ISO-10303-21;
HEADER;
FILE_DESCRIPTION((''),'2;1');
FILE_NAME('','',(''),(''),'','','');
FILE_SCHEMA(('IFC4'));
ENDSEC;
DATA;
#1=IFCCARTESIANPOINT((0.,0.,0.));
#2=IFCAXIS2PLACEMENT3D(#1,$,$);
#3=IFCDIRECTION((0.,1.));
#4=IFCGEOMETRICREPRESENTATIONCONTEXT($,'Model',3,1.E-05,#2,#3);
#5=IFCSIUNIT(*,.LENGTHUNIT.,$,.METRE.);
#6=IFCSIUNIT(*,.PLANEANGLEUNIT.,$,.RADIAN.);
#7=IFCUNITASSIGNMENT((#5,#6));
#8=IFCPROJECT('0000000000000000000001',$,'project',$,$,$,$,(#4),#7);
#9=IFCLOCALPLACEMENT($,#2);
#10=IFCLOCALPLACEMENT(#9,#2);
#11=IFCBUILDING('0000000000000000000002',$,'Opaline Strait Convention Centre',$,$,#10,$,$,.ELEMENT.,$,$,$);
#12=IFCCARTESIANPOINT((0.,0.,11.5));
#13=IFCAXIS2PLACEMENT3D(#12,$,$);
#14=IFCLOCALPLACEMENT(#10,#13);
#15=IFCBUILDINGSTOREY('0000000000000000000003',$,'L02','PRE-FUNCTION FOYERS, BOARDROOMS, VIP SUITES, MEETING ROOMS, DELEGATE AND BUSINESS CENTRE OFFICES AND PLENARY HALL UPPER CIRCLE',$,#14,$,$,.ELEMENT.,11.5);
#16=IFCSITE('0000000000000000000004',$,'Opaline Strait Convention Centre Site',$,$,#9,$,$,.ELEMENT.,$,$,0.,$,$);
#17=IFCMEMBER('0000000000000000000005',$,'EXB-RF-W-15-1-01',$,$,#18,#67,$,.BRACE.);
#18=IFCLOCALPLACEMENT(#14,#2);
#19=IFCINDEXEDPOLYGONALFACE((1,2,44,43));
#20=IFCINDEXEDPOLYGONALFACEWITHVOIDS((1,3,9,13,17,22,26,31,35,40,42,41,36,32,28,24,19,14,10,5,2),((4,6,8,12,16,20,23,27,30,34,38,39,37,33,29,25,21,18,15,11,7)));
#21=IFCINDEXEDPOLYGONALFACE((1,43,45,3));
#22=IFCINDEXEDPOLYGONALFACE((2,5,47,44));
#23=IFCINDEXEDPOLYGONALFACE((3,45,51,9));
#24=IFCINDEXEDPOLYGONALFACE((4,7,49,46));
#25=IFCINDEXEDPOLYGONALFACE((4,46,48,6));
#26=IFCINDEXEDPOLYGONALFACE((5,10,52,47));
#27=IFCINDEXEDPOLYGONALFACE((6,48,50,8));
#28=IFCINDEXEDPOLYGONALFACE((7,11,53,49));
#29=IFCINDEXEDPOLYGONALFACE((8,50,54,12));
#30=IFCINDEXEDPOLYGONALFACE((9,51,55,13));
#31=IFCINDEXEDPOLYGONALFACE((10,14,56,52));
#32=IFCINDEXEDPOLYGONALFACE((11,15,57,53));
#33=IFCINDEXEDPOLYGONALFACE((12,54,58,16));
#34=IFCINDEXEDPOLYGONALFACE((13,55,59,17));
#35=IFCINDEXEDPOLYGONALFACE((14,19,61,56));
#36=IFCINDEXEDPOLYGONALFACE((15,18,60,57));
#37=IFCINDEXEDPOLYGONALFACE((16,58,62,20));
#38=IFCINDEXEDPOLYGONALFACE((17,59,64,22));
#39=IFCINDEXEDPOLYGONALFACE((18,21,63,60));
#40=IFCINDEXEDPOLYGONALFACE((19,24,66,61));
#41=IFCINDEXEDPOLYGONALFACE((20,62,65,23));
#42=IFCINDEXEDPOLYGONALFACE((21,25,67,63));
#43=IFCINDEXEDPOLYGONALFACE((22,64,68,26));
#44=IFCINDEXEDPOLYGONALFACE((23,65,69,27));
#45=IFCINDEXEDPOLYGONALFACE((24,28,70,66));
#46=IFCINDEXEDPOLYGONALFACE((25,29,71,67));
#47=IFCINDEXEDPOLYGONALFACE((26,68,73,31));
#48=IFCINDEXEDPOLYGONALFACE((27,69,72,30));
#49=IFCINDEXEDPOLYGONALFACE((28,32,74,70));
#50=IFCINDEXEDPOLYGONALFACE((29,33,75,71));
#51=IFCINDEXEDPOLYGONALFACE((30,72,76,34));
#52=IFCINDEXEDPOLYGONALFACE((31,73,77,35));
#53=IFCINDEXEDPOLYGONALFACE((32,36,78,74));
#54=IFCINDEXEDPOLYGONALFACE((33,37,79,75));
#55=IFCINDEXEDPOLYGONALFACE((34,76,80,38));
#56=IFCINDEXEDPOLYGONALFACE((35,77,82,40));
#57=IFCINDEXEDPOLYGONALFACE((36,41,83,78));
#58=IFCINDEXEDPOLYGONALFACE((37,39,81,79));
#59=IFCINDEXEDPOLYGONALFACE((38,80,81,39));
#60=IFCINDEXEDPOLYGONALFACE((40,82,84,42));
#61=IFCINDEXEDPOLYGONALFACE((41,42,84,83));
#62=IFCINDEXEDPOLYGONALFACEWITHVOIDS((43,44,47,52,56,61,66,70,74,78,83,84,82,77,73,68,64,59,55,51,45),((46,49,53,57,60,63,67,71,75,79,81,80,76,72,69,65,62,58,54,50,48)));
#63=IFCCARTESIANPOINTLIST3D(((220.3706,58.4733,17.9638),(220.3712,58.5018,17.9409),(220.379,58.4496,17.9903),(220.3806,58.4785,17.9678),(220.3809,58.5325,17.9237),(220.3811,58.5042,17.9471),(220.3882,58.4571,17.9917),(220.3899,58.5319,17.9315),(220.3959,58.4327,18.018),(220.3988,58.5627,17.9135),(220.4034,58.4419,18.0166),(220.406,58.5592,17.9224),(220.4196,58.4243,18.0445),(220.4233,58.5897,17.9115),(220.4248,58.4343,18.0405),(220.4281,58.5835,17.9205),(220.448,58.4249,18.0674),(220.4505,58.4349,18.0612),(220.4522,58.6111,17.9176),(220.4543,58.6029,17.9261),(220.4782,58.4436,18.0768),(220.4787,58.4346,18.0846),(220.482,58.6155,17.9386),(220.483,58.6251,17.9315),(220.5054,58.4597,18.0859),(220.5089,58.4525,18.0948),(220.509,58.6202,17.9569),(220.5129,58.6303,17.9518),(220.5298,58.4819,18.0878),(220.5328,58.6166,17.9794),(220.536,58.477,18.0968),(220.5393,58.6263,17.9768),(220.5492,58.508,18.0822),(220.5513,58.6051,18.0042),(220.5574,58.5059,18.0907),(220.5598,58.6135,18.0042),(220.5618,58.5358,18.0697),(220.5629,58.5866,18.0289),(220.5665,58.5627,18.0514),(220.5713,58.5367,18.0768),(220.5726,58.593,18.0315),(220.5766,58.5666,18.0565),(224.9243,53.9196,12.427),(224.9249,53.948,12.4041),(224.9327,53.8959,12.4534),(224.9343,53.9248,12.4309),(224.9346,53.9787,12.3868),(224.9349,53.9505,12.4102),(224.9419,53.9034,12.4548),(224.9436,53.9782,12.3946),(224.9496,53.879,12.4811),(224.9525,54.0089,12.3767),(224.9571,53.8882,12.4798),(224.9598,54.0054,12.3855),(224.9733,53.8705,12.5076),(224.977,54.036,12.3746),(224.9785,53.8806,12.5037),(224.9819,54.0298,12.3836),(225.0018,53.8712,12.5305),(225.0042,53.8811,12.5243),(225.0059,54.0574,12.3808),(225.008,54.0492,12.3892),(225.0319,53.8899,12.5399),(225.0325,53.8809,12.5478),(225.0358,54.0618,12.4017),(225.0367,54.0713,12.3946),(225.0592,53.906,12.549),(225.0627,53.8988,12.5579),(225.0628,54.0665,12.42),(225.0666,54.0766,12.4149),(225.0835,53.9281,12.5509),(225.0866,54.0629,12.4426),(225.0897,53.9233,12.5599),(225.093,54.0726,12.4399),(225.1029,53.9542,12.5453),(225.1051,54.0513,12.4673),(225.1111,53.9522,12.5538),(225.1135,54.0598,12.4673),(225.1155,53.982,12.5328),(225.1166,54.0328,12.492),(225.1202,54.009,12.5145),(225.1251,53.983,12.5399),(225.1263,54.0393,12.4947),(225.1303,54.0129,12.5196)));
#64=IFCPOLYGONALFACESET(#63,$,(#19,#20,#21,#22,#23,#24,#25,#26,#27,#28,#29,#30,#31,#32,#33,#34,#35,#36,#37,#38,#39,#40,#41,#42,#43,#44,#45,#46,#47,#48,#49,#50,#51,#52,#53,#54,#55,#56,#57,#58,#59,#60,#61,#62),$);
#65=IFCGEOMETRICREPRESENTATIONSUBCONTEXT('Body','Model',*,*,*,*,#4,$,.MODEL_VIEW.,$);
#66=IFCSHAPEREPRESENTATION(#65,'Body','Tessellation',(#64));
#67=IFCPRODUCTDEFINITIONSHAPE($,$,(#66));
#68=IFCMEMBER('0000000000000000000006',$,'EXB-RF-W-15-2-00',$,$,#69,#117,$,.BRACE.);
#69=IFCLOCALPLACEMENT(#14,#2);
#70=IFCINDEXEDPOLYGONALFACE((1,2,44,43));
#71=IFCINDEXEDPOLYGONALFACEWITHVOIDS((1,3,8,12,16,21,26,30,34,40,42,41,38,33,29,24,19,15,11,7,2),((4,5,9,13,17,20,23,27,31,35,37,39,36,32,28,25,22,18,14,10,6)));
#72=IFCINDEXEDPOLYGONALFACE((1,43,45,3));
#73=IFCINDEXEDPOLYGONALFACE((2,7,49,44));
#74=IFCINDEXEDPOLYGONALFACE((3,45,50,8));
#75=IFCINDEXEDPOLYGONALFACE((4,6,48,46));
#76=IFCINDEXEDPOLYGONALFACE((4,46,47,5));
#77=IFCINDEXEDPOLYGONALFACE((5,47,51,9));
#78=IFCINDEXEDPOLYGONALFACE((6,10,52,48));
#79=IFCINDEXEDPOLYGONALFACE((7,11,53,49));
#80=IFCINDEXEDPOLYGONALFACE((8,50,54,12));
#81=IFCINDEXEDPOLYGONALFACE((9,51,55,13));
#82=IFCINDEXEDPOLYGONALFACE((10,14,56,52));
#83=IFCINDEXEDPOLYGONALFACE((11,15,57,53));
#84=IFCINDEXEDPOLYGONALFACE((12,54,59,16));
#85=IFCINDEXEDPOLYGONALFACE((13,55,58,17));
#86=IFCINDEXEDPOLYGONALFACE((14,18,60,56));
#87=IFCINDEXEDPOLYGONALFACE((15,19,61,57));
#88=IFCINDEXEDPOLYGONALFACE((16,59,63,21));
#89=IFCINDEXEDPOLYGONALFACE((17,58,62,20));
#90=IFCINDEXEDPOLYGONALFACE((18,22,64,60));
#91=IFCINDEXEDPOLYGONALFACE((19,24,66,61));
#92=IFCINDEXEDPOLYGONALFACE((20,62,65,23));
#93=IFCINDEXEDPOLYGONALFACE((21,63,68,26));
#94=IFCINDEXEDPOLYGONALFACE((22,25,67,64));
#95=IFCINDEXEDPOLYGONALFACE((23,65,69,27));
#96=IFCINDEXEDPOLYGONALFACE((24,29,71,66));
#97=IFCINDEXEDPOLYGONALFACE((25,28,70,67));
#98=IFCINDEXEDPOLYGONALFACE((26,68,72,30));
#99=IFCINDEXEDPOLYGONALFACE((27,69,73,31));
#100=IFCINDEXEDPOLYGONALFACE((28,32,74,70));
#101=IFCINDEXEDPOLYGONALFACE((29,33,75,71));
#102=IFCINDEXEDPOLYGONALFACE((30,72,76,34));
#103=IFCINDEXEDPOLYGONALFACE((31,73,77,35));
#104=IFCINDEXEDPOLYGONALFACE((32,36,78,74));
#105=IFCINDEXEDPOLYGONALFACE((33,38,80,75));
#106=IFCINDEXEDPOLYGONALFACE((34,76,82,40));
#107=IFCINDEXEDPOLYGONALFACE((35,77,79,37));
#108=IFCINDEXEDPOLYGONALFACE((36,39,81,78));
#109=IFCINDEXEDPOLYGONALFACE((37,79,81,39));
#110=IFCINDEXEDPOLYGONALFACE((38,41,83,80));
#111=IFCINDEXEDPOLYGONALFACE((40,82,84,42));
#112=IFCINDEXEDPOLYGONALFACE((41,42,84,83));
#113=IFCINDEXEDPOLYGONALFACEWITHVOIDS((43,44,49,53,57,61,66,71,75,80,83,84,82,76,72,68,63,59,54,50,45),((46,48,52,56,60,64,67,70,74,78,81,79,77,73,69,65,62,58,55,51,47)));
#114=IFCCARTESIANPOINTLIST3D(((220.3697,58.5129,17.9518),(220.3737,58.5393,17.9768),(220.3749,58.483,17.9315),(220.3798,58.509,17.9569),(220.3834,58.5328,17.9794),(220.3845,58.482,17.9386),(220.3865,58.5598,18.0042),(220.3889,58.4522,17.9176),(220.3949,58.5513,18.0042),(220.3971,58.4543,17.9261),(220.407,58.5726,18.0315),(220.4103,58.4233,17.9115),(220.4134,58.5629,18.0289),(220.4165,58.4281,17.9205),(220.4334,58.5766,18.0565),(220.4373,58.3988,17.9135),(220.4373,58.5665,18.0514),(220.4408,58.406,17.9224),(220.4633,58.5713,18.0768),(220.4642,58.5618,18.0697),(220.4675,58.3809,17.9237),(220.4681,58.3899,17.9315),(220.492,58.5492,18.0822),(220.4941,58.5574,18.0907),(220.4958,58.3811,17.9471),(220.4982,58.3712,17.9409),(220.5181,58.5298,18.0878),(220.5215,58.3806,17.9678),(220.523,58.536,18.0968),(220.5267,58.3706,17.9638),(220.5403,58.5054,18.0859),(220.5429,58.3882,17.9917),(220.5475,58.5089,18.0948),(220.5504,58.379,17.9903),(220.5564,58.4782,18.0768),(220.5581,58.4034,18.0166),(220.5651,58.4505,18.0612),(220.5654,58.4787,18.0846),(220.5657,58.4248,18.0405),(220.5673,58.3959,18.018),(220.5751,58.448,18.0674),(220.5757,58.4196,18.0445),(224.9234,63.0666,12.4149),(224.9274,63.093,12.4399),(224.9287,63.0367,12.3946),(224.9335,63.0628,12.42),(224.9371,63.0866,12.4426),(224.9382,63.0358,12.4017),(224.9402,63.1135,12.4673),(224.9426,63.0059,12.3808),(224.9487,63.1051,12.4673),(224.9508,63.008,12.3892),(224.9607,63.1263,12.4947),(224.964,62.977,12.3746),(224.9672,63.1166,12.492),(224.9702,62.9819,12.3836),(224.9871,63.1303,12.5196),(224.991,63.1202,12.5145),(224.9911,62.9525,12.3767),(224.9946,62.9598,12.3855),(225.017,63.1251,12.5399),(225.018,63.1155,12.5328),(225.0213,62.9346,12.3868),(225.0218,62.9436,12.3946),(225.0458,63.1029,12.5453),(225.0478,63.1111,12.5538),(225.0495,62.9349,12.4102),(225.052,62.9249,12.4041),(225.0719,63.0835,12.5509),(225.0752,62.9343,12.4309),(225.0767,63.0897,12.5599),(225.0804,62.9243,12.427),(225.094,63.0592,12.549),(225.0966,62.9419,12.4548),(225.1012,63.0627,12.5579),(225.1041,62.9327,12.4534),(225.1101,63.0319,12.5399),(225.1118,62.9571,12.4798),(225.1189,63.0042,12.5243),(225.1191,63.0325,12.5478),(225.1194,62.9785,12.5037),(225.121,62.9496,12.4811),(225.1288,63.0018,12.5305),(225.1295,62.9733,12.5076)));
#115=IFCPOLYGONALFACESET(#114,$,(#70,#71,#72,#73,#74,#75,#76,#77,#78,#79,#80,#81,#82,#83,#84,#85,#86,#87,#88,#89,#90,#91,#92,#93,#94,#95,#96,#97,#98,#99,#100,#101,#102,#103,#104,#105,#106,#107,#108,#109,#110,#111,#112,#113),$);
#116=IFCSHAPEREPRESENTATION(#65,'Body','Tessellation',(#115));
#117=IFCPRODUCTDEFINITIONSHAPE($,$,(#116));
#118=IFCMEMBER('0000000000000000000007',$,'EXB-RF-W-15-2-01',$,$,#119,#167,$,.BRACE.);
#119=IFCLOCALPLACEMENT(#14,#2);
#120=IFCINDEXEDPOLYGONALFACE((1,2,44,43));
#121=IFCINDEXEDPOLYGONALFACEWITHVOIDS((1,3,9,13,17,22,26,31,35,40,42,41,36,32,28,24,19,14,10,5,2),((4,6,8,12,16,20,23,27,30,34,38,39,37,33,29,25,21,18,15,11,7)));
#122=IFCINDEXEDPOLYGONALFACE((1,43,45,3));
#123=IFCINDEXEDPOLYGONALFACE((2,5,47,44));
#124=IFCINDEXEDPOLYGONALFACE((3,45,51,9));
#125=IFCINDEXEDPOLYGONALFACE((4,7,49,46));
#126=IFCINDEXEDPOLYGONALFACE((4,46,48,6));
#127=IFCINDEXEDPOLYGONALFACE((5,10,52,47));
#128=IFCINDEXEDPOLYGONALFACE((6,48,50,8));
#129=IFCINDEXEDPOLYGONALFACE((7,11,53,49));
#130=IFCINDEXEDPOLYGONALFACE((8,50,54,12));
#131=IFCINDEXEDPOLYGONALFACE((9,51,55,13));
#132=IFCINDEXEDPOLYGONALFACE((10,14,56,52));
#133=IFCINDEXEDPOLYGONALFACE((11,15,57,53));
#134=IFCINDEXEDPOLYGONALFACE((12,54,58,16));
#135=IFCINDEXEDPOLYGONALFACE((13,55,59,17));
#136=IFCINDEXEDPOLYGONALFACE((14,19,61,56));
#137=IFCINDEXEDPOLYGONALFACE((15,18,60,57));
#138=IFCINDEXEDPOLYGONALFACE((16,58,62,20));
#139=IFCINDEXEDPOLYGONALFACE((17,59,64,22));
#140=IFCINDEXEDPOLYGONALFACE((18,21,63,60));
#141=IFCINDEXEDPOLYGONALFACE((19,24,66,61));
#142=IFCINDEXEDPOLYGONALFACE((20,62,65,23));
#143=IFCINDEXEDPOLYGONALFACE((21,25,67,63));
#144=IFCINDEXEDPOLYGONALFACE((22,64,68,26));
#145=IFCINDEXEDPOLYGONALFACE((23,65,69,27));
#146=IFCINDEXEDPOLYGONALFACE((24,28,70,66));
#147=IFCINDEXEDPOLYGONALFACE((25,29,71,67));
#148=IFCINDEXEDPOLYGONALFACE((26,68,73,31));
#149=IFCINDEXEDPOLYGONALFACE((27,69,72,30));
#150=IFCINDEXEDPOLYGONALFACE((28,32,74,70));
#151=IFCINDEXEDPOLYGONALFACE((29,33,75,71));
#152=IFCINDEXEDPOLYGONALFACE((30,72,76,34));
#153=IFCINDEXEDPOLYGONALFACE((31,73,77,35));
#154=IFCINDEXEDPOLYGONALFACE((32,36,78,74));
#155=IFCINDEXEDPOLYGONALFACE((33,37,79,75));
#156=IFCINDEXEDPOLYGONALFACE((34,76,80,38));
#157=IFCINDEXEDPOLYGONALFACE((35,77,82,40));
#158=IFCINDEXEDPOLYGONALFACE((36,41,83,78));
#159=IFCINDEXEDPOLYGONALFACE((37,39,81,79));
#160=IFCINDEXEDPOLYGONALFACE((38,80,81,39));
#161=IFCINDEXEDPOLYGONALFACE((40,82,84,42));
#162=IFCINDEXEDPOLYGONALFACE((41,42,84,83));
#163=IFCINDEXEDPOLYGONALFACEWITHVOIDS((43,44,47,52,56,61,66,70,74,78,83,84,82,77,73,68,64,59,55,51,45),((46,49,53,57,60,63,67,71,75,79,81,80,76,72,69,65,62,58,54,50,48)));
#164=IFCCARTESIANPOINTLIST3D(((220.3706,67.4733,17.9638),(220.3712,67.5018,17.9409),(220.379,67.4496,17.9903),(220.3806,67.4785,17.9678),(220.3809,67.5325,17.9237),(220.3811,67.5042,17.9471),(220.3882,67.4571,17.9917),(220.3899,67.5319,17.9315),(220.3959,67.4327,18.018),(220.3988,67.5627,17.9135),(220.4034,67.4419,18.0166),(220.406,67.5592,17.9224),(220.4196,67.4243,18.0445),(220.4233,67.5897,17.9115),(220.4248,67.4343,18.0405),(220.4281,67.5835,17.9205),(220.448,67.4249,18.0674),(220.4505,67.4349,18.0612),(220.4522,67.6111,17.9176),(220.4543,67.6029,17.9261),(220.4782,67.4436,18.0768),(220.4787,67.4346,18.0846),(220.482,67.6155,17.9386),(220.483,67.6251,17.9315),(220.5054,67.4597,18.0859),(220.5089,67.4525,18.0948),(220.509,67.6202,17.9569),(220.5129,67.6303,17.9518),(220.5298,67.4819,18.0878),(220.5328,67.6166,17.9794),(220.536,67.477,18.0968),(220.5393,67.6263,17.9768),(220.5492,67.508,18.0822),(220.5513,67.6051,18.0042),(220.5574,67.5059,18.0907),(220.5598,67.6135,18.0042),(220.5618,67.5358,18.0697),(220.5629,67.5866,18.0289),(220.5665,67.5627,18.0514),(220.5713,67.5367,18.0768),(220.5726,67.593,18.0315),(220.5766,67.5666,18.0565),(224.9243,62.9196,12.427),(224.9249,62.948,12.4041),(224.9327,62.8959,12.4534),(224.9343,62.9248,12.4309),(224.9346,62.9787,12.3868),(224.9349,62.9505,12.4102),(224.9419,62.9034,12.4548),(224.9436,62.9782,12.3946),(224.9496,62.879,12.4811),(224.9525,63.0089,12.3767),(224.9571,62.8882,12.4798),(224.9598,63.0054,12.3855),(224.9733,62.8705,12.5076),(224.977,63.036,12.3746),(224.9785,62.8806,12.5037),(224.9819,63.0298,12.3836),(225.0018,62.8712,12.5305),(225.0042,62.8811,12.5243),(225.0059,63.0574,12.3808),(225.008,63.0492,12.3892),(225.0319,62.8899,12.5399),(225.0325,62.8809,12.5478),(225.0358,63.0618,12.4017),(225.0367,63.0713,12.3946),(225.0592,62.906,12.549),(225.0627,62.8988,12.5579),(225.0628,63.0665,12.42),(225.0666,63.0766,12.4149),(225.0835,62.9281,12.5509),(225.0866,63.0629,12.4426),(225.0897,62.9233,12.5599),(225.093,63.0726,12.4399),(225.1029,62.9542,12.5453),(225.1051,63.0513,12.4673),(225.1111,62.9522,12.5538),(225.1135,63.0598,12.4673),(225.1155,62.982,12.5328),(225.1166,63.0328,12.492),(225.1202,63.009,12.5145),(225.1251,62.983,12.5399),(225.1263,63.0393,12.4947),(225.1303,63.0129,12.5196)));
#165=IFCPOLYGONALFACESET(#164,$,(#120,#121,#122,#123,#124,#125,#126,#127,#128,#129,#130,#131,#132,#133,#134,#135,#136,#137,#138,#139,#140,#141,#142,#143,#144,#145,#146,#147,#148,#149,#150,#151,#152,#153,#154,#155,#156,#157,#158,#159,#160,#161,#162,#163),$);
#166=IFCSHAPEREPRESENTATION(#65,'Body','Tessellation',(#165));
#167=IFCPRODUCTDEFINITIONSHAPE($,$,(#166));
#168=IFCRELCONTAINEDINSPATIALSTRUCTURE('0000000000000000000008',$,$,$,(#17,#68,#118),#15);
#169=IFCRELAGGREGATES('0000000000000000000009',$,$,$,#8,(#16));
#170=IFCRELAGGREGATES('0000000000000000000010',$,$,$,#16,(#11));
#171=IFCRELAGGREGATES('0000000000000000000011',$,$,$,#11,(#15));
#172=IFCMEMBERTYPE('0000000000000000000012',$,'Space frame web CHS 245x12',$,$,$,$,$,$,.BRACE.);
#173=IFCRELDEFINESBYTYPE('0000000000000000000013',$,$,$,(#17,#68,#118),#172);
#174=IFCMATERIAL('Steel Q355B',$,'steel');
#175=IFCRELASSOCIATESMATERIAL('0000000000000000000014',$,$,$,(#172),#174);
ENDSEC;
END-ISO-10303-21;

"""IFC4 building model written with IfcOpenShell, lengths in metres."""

from ifc_helpers import new_model, si_unit, direction, frame, origin, origin_2d, place, context, subcontext, project, spatial, hollow_circle, extrude, material, material_profile, profile_set, type_object, element, save


model = new_model("IFC4")

# Units and contexts
model_context = context("Model", 3, precision=1e-05, world=origin(), true_north=direction((0.0, 1.0)))
body_context = subcontext(model_context, "Body", "Model", "MODEL_VIEW")
ifc_project = project(units=[si_unit("LENGTHUNIT", "METRE"), si_unit("PLANEANGLEUNIT", "RADIAN")], contexts=[model_context])

# Site, building, storey
site_placement = place(None, origin())
site = spatial("IfcSite", under=ifc_project, at=site_placement, Name="Opaline Strait Convention Centre Site", CompositionType="ELEMENT", RefElevation=0.0)
building_placement = place(site_placement, origin())
building = spatial("IfcBuilding", under=site, at=building_placement, Name="Opaline Strait Convention Centre", CompositionType="ELEMENT")
storey_placement = place(building_placement, frame((0.0, 0.0, 11.5)))
storey = spatial("IfcBuildingStorey", under=building, at=storey_placement, Name="L02", Description="PRE-FUNCTION FOYERS, BOARDROOMS, VIP SUITES, MEETING ROOMS, DELEGATE AND BUSINESS CENTRE OFFICES AND PLENARY HALL UPPER CIRCLE", CompositionType="ELEMENT", Elevation=11.5)

# Members
ifc_material = material(Name="Steel Q355B", Category="steel")
ifc_material_profile_1 = material_profile(ifc_material, hollow_circle(Radius=0.1226, WallThickness=0.012, at=origin_2d()), Name="CHS 245x12")
ifc_profile_set_1 = profile_set([ifc_material_profile_1], Name="Steel Q355B")
member_type_1 = type_object("IfcMemberType", Name="Space frame web CHS 245x12", PredefinedType="BRACE", material=ifc_profile_set_1)
for number, where, z_axis, x_axis, name in (
    (1, (220.4731, 58.5269, 18.0042), (0.536178, -0.536178, -0.65194), (0.707107, 0.707107, 0.0), "EXB-RF-W-15-1-01"),
    (2, (220.4731, 58.4731, 18.0042), (0.536178, 0.536178, -0.65194), (-0.707107, 0.707107, 0.0), "EXB-RF-W-15-2-00"),
    (3, (220.4731, 67.5269, 18.0042), (0.536178, -0.536178, -0.65194), (0.707107, 0.707107, 0.0), "EXB-RF-W-15-2-01"),
):
    element("IfcMember", number, at=place(storey_placement, frame(where, z_axis=z_axis, x_axis=x_axis)), inside=storey, type_object=member_type_1, Name=name, PredefinedType="BRACE", context=body_context, shape_type="SweptSolid", body=[
        extrude(hollow_circle(Radius=0.1226, WallThickness=0.012, at=origin_2d()), origin(), (0.0, 0.0, 1.0), 8.4929),
    ])

save(model, "model.ifc")
